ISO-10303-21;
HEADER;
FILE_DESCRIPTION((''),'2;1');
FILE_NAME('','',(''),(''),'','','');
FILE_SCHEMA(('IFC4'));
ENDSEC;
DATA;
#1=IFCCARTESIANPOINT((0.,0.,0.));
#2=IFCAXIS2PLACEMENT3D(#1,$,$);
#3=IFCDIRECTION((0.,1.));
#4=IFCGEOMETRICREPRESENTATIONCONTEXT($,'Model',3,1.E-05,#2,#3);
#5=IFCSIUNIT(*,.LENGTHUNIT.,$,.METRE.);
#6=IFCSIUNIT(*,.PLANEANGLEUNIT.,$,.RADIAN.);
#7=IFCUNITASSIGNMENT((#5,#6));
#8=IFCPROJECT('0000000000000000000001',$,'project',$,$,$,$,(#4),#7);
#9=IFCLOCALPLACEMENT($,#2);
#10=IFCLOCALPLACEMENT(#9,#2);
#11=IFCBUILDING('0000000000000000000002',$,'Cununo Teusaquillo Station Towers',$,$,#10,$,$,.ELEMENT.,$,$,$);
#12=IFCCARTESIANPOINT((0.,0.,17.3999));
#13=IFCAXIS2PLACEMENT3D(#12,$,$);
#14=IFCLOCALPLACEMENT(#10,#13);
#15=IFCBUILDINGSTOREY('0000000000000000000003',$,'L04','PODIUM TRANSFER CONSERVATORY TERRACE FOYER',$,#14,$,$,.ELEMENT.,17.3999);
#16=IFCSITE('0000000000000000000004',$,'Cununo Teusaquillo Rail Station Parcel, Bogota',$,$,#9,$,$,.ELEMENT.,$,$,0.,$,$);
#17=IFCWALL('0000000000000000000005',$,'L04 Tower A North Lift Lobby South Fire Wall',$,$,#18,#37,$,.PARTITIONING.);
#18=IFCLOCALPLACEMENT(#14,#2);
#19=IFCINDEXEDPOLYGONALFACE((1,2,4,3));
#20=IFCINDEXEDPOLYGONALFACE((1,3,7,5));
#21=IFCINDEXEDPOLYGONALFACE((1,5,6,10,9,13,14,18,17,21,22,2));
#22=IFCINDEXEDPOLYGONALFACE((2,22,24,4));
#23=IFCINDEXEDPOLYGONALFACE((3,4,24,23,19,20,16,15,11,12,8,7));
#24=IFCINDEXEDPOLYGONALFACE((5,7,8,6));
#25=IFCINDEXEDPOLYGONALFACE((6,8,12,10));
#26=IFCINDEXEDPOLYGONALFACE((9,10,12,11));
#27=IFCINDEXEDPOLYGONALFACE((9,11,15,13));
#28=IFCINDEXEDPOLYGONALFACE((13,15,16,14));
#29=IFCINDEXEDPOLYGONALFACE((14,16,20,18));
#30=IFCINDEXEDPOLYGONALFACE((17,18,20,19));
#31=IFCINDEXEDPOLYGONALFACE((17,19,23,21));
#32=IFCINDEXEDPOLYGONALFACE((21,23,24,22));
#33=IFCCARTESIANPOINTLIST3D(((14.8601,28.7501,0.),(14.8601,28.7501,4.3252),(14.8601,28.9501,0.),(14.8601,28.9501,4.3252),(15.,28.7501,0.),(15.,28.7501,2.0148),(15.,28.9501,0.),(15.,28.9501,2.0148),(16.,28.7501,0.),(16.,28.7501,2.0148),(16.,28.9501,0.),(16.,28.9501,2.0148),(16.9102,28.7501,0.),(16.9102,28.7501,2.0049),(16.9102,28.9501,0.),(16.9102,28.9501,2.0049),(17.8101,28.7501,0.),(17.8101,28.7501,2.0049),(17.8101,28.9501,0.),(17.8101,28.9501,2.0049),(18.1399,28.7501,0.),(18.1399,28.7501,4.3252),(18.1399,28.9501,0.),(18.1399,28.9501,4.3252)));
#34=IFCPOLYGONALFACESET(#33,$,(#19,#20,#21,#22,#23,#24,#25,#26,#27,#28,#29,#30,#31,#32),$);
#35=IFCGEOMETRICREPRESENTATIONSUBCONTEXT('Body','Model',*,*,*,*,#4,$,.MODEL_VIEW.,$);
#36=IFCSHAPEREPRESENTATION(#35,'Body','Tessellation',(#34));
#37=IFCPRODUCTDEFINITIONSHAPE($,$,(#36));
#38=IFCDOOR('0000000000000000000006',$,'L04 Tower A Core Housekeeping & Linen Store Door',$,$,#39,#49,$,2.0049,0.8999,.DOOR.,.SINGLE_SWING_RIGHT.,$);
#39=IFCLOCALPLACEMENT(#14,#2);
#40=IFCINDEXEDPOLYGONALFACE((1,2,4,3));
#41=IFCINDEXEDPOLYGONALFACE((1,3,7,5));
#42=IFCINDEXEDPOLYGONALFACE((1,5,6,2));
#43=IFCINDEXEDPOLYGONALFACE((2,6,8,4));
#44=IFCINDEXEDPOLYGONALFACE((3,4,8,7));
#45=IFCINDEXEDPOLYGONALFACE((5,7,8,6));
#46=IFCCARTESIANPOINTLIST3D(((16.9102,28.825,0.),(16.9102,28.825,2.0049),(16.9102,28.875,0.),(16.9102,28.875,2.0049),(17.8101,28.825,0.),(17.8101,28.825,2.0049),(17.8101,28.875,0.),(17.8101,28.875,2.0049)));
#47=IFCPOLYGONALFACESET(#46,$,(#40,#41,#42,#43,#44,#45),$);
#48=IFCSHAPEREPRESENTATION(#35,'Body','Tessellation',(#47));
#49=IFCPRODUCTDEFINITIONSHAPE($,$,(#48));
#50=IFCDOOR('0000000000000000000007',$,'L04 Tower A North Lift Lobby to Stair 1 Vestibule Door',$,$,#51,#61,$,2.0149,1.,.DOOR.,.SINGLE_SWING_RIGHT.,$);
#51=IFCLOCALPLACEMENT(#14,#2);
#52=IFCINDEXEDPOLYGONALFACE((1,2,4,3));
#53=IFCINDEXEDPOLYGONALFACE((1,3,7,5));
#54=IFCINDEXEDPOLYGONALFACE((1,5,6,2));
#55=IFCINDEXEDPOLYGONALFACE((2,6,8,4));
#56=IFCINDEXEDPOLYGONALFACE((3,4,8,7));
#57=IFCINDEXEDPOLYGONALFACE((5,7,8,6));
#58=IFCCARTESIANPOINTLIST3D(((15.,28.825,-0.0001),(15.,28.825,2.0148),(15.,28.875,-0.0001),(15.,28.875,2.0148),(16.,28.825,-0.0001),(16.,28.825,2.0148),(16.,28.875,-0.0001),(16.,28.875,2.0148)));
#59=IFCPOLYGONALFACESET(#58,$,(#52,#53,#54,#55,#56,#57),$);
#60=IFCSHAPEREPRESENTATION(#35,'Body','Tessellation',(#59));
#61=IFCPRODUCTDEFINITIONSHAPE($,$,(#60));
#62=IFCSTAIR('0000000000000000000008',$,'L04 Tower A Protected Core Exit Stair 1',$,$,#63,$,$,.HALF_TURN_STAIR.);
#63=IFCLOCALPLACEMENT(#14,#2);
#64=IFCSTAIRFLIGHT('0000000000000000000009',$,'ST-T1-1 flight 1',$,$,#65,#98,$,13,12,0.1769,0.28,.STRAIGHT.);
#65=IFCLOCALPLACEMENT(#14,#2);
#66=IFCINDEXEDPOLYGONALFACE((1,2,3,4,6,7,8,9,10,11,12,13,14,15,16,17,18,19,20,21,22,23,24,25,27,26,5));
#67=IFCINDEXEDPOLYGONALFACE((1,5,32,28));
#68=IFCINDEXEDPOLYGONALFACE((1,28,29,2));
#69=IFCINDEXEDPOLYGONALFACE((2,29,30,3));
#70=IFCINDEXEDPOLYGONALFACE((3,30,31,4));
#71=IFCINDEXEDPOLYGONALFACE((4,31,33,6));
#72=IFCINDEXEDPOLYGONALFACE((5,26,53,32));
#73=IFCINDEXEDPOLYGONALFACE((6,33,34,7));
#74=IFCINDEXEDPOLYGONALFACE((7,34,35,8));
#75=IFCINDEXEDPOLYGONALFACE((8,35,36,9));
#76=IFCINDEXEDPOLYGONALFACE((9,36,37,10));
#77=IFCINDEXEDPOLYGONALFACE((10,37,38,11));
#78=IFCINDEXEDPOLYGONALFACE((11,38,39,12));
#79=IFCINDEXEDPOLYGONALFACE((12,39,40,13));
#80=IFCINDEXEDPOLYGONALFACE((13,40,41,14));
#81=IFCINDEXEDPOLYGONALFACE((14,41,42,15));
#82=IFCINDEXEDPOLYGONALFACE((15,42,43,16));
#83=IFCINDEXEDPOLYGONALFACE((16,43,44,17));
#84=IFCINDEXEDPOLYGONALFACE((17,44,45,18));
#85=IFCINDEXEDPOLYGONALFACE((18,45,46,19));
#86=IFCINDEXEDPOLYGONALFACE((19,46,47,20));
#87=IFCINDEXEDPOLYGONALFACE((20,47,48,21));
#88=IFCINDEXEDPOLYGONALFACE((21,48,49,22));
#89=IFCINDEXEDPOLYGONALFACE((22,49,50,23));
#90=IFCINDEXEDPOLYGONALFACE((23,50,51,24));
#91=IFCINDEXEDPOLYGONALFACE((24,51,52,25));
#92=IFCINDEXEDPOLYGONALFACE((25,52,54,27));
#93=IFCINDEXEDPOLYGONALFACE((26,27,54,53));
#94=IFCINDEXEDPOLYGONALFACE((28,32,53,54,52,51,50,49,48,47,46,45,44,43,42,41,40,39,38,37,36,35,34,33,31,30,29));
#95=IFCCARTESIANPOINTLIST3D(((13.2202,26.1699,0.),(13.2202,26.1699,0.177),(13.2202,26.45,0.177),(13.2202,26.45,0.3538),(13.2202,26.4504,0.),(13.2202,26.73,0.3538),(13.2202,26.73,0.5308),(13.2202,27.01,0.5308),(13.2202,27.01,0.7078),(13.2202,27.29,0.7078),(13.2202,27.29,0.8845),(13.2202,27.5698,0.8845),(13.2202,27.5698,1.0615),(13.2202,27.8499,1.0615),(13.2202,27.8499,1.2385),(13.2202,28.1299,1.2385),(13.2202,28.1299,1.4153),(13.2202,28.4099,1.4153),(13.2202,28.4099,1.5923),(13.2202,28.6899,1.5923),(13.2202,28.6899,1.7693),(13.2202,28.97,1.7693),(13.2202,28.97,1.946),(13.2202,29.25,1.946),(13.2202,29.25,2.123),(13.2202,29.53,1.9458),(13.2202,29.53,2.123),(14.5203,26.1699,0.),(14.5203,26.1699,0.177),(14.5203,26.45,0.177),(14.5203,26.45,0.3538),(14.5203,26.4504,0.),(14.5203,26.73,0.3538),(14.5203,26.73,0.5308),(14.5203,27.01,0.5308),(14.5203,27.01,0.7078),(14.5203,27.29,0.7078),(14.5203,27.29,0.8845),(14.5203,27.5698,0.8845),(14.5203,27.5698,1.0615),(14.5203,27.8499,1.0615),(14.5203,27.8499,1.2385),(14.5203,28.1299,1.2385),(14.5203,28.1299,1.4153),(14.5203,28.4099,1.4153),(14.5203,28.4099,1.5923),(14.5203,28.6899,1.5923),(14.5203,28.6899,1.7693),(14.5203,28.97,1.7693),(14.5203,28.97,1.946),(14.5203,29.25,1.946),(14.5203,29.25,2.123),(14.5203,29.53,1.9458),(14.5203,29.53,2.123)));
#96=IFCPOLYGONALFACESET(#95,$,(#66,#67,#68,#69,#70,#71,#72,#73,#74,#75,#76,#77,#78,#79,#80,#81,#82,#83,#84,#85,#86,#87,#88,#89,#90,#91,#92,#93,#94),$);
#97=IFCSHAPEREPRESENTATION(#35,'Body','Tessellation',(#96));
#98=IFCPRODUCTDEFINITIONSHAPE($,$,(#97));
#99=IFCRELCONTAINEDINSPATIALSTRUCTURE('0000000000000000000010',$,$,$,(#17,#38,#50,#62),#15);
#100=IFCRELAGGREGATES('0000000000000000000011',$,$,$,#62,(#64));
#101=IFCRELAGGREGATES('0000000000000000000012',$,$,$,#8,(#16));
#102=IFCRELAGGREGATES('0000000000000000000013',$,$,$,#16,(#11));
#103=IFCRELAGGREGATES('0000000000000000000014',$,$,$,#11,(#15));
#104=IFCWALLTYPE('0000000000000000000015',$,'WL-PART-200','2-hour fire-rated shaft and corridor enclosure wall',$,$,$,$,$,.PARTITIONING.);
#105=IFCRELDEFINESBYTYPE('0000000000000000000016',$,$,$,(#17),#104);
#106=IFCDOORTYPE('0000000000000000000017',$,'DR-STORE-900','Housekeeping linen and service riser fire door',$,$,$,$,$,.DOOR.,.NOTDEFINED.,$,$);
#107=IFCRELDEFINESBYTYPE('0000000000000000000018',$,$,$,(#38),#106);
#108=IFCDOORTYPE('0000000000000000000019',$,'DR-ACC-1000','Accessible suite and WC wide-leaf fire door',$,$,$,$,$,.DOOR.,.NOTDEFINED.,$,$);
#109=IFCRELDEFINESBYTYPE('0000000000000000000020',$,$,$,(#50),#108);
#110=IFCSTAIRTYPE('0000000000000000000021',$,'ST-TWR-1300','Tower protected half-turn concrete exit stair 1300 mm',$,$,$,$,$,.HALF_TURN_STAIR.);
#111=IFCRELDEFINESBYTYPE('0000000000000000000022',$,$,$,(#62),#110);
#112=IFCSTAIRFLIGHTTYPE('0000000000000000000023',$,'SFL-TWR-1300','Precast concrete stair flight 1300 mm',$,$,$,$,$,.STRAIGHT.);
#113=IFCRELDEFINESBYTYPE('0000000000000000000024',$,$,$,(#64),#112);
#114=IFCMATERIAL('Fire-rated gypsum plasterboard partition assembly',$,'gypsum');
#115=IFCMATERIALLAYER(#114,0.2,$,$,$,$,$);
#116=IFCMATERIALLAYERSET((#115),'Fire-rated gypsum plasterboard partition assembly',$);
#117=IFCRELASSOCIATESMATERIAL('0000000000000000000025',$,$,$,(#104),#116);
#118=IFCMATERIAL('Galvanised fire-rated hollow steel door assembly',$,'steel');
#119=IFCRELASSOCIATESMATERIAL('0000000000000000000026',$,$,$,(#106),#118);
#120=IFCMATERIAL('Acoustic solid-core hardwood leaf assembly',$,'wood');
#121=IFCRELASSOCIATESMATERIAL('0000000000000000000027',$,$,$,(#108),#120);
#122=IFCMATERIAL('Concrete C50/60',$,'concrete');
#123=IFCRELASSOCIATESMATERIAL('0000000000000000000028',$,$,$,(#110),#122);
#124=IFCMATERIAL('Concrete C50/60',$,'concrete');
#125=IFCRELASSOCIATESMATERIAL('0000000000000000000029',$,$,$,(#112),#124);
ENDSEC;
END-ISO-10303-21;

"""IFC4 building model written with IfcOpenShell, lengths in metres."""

from ifc_helpers import new_model, si_unit, direction, frame, frame_2d, origin, place, context, subcontext, project, spatial, polyline, rectangle, outline, extrude, source, transform, mapped, material, layer, layer_set, type_object, element, fill, aggregate, save


model = new_model("IFC4")

# Units and contexts
model_context = context("Model", 3, precision=1e-05, world=origin(), true_north=direction((0.0, 1.0)))
body_context = subcontext(model_context, "Body", "Model", "MODEL_VIEW")
ifc_project = project(units=[si_unit("LENGTHUNIT", "METRE"), si_unit("PLANEANGLEUNIT", "RADIAN")], contexts=[model_context])

# Site, building, storey
site_placement = place(None, origin())
site = spatial("IfcSite", under=ifc_project, at=site_placement, Name="Cununo Teusaquillo Rail Station Parcel, Bogota", CompositionType="ELEMENT", RefElevation=0.0)
building_placement = place(site_placement, origin())
building = spatial("IfcBuilding", under=site, at=building_placement, Name="Cununo Teusaquillo Station Towers", CompositionType="ELEMENT")
storey_placement = place(building_placement, frame((0.0, 0.0, 17.3999)))
storey = spatial("IfcBuildingStorey", under=building, at=storey_placement, Name="L04", Description="PODIUM TRANSFER CONSERVATORY TERRACE FOYER", CompositionType="ELEMENT", Elevation=17.3999)

# Shared definitions
ifc_material_1 = material(Name="Fire-rated gypsum plasterboard partition assembly", Category="gypsum")
ifc_layer_1 = layer(ifc_material_1, 0.2)
ifc_layer_set_1 = layer_set([ifc_layer_1], Name="Fire-rated gypsum plasterboard partition assembly")
wall_type_1 = type_object("IfcWallType", Name="WL-PART-200", Description="2-hour fire-rated shaft and corridor enclosure wall", PredefinedType="PARTITIONING", material=ifc_layer_set_1)
shared_shape_1 = source(origin(), body_context, "Body", "SweptSolid", [
    extrude(rectangle(XDim=0.8999, YDim=2.0049, at=frame_2d((0.45, 1.0024))), frame((0.0, 0.1099, 0.0), z_axis=(0.0, -1.0, 0.0), x_axis=(1.0, 0.0, 0.0)), (0.0, 0.0, 1.0), 0.22),
])
ifc_material_2 = material(Name="Galvanised fire-rated hollow steel door assembly", Category="steel")
door_type_1 = type_object("IfcDoorType", Name="DR-STORE-900", Description="Housekeeping linen and service riser fire door", OperationType="NOTDEFINED", PredefinedType="DOOR", material=ifc_material_2)
shared_shape_2 = source(origin(), body_context, "Body", "SweptSolid", [
    extrude(rectangle(XDim=0.8999, YDim=2.0049, at=frame_2d((0.45, 1.0024))), frame((0.0, 0.0249, 0.0), z_axis=(0.0, -1.0, 0.0), x_axis=(1.0, 0.0, 0.0)), (0.0, 0.0, 1.0), 0.05),
])

# Wall, openings, doors
wall_1_placement = place(storey_placement, frame((14.8601, 28.8501, 0.0), z_axis=(0.0, 0.0, 1.0), x_axis=(1.0, 0.0, 0.0)))
wall_1 = element("IfcWall", 1, at=wall_1_placement, inside=storey, type_object=wall_type_1, Name="L04 Tower A North Lift Lobby South Fire Wall", PredefinedType="PARTITIONING", context=body_context, shape_type="SweptSolid", body=[
    extrude(rectangle(XDim=3.2798, YDim=0.2, at=frame_2d((1.6399, 0.0))), origin(), (0.0, 0.0, 1.0), 4.3252),
])
shared_shape_3 = source(origin(), body_context, "Body", "SweptSolid", [
    extrude(rectangle(XDim=1.0, YDim=2.0149, at=frame_2d((0.5, 1.0073))), frame((0.0, 0.1099, 0.0), z_axis=(0.0, -1.0, 0.0), x_axis=(1.0, 0.0, 0.0)), (0.0, 0.0, 1.0), 0.22),
])
opening_1_placement = place(wall_1_placement, frame((0.1399, 0.0, 0.0)))
opening_1 = element("IfcOpeningElement", 2, at=opening_1_placement, cuts=wall_1, PredefinedType="OPENING", context=body_context, shape_type="MappedRepresentation", body=[
    mapped(shared_shape_3, transform((0.0, 0.0, 0.0), x_axis=(1.0, 0.0, 0.0), y_axis=(0.0, 1.0, 0.0), z_axis=(0.0, 0.0, 1.0), scale=1.0)),
])
opening_2_placement = place(wall_1_placement, frame((2.05, 0.0, 0.0)))
opening_2 = element("IfcOpeningElement", 3, at=opening_2_placement, cuts=wall_1, PredefinedType="OPENING", context=body_context, shape_type="MappedRepresentation", body=[
    mapped(shared_shape_1, transform((0.0, 0.0, 0.0), x_axis=(1.0, 0.0, 0.0), y_axis=(0.0, 1.0, 0.0), z_axis=(0.0, 0.0, 1.0), scale=1.0)),
])
door_1_placement = place(opening_2_placement, origin())
door_1 = element("IfcDoor", 4, at=door_1_placement, inside=storey, type_object=door_type_1, Name="L04 Tower A Core Housekeeping & Linen Store Door", OperationType="SINGLE_SWING_RIGHT", OverallHeight=2.0049, OverallWidth=0.8999, PredefinedType="DOOR", context=body_context, shape_type="MappedRepresentation", body=[
    mapped(shared_shape_2, transform((0.0, 0.0, 0.0), x_axis=(1.0, 0.0, 0.0), y_axis=(0.0, 1.0, 0.0), z_axis=(0.0, 0.0, 1.0), scale=1.0)),
])
fill(opening_2, door_1)
ifc_material_3 = material(Name="Acoustic solid-core hardwood leaf assembly", Category="wood")
door_type_2 = type_object("IfcDoorType", Name="DR-ACC-1000", Description="Accessible suite and WC wide-leaf fire door", OperationType="NOTDEFINED", PredefinedType="DOOR", material=ifc_material_3)
shared_shape_4 = source(origin(), body_context, "Body", "SweptSolid", [
    extrude(rectangle(XDim=1.0, YDim=2.0149, at=frame_2d((0.5, 1.0073))), frame((0.0, 0.0249, 0.0), z_axis=(0.0, -1.0, 0.0), x_axis=(1.0, 0.0, 0.0)), (0.0, 0.0, 1.0), 0.05),
])
door_2_placement = place(opening_1_placement, origin())
door_2 = element("IfcDoor", 5, at=door_2_placement, inside=storey, type_object=door_type_2, Name="L04 Tower A North Lift Lobby to Stair 1 Vestibule Door", OperationType="SINGLE_SWING_RIGHT", OverallHeight=2.0149, OverallWidth=1.0, PredefinedType="DOOR", context=body_context, shape_type="MappedRepresentation", body=[
    mapped(shared_shape_4, transform((0.0, 0.0, 0.0), x_axis=(1.0, 0.0, 0.0), y_axis=(0.0, 1.0, 0.0), z_axis=(0.0, 0.0, 1.0), scale=1.0)),
])
fill(opening_1, door_2)

# Stair, stair flight
ifc_material_4 = material(Name="Concrete C50/60", Category="concrete")
stair_type = type_object("IfcStairType", Name="ST-TWR-1300", Description="Tower protected half-turn concrete exit stair 1300 mm", PredefinedType="HALF_TURN_STAIR", material=ifc_material_4)
stair_placement = place(storey_placement, origin())
stair = element("IfcStair", 6, at=stair_placement, inside=storey, type_object=stair_type, Name="L04 Tower A Protected Core Exit Stair 1", PredefinedType="HALF_TURN_STAIR")
ifc_material_5 = material(Name="Concrete C50/60", Category="concrete")
stair_flight_type = type_object("IfcStairFlightType", Name="SFL-TWR-1300", Description="Precast concrete stair flight 1300 mm", PredefinedType="STRAIGHT", material=ifc_material_5)
stair_flight_placement = place(storey_placement, frame((13.8701, 26.1699, 0.0), z_axis=(0.0, 0.0, 1.0), x_axis=(0.0, 1.0, 0.0)))
stair_flight = element("IfcStairFlight", 7, at=stair_flight_placement, type_object=stair_flight_type, Name="ST-T1-1 flight 1", NumberOfRisers=13, NumberOfTreads=12, PredefinedType="STRAIGHT", RiserHeight=0.1769, TreadLength=0.28, context=body_context, shape_type="SweptSolid", body=[
    extrude(outline(polyline([(0.0, 0.0), (0.0, 0.177), (0.28, 0.177), (0.28, 0.3538), (0.5601, 0.3538), (0.5601, 0.5308), (0.8401, 0.5308), (0.8401, 0.7078), (1.1201, 0.7078), (1.1201, 0.8845), (1.3999, 0.8845), (1.3999, 1.0615), (1.6799, 1.0615), (1.6799, 1.2385), (1.96, 1.2385), (1.96, 1.4153), (2.24, 1.4153), (2.24, 1.5923), (2.52, 1.5923), (2.52, 1.7693), (2.8, 1.7693), (2.8, 1.946), (3.0801, 1.946), (3.0801, 2.123), (3.3601, 2.123), (3.3601, 2.3), (3.3601, 1.9458), (0.2805, 0.0), (0.0, 0.0)])), frame((0.0, 0.6499, 0.0), z_axis=(0.0, -1.0, 0.0), x_axis=(1.0, 0.0, 0.0)), (0.0, 0.0, 1.0), 1.3),
])
aggregate(stair, [stair_flight])

save(model, "model.ifc")
